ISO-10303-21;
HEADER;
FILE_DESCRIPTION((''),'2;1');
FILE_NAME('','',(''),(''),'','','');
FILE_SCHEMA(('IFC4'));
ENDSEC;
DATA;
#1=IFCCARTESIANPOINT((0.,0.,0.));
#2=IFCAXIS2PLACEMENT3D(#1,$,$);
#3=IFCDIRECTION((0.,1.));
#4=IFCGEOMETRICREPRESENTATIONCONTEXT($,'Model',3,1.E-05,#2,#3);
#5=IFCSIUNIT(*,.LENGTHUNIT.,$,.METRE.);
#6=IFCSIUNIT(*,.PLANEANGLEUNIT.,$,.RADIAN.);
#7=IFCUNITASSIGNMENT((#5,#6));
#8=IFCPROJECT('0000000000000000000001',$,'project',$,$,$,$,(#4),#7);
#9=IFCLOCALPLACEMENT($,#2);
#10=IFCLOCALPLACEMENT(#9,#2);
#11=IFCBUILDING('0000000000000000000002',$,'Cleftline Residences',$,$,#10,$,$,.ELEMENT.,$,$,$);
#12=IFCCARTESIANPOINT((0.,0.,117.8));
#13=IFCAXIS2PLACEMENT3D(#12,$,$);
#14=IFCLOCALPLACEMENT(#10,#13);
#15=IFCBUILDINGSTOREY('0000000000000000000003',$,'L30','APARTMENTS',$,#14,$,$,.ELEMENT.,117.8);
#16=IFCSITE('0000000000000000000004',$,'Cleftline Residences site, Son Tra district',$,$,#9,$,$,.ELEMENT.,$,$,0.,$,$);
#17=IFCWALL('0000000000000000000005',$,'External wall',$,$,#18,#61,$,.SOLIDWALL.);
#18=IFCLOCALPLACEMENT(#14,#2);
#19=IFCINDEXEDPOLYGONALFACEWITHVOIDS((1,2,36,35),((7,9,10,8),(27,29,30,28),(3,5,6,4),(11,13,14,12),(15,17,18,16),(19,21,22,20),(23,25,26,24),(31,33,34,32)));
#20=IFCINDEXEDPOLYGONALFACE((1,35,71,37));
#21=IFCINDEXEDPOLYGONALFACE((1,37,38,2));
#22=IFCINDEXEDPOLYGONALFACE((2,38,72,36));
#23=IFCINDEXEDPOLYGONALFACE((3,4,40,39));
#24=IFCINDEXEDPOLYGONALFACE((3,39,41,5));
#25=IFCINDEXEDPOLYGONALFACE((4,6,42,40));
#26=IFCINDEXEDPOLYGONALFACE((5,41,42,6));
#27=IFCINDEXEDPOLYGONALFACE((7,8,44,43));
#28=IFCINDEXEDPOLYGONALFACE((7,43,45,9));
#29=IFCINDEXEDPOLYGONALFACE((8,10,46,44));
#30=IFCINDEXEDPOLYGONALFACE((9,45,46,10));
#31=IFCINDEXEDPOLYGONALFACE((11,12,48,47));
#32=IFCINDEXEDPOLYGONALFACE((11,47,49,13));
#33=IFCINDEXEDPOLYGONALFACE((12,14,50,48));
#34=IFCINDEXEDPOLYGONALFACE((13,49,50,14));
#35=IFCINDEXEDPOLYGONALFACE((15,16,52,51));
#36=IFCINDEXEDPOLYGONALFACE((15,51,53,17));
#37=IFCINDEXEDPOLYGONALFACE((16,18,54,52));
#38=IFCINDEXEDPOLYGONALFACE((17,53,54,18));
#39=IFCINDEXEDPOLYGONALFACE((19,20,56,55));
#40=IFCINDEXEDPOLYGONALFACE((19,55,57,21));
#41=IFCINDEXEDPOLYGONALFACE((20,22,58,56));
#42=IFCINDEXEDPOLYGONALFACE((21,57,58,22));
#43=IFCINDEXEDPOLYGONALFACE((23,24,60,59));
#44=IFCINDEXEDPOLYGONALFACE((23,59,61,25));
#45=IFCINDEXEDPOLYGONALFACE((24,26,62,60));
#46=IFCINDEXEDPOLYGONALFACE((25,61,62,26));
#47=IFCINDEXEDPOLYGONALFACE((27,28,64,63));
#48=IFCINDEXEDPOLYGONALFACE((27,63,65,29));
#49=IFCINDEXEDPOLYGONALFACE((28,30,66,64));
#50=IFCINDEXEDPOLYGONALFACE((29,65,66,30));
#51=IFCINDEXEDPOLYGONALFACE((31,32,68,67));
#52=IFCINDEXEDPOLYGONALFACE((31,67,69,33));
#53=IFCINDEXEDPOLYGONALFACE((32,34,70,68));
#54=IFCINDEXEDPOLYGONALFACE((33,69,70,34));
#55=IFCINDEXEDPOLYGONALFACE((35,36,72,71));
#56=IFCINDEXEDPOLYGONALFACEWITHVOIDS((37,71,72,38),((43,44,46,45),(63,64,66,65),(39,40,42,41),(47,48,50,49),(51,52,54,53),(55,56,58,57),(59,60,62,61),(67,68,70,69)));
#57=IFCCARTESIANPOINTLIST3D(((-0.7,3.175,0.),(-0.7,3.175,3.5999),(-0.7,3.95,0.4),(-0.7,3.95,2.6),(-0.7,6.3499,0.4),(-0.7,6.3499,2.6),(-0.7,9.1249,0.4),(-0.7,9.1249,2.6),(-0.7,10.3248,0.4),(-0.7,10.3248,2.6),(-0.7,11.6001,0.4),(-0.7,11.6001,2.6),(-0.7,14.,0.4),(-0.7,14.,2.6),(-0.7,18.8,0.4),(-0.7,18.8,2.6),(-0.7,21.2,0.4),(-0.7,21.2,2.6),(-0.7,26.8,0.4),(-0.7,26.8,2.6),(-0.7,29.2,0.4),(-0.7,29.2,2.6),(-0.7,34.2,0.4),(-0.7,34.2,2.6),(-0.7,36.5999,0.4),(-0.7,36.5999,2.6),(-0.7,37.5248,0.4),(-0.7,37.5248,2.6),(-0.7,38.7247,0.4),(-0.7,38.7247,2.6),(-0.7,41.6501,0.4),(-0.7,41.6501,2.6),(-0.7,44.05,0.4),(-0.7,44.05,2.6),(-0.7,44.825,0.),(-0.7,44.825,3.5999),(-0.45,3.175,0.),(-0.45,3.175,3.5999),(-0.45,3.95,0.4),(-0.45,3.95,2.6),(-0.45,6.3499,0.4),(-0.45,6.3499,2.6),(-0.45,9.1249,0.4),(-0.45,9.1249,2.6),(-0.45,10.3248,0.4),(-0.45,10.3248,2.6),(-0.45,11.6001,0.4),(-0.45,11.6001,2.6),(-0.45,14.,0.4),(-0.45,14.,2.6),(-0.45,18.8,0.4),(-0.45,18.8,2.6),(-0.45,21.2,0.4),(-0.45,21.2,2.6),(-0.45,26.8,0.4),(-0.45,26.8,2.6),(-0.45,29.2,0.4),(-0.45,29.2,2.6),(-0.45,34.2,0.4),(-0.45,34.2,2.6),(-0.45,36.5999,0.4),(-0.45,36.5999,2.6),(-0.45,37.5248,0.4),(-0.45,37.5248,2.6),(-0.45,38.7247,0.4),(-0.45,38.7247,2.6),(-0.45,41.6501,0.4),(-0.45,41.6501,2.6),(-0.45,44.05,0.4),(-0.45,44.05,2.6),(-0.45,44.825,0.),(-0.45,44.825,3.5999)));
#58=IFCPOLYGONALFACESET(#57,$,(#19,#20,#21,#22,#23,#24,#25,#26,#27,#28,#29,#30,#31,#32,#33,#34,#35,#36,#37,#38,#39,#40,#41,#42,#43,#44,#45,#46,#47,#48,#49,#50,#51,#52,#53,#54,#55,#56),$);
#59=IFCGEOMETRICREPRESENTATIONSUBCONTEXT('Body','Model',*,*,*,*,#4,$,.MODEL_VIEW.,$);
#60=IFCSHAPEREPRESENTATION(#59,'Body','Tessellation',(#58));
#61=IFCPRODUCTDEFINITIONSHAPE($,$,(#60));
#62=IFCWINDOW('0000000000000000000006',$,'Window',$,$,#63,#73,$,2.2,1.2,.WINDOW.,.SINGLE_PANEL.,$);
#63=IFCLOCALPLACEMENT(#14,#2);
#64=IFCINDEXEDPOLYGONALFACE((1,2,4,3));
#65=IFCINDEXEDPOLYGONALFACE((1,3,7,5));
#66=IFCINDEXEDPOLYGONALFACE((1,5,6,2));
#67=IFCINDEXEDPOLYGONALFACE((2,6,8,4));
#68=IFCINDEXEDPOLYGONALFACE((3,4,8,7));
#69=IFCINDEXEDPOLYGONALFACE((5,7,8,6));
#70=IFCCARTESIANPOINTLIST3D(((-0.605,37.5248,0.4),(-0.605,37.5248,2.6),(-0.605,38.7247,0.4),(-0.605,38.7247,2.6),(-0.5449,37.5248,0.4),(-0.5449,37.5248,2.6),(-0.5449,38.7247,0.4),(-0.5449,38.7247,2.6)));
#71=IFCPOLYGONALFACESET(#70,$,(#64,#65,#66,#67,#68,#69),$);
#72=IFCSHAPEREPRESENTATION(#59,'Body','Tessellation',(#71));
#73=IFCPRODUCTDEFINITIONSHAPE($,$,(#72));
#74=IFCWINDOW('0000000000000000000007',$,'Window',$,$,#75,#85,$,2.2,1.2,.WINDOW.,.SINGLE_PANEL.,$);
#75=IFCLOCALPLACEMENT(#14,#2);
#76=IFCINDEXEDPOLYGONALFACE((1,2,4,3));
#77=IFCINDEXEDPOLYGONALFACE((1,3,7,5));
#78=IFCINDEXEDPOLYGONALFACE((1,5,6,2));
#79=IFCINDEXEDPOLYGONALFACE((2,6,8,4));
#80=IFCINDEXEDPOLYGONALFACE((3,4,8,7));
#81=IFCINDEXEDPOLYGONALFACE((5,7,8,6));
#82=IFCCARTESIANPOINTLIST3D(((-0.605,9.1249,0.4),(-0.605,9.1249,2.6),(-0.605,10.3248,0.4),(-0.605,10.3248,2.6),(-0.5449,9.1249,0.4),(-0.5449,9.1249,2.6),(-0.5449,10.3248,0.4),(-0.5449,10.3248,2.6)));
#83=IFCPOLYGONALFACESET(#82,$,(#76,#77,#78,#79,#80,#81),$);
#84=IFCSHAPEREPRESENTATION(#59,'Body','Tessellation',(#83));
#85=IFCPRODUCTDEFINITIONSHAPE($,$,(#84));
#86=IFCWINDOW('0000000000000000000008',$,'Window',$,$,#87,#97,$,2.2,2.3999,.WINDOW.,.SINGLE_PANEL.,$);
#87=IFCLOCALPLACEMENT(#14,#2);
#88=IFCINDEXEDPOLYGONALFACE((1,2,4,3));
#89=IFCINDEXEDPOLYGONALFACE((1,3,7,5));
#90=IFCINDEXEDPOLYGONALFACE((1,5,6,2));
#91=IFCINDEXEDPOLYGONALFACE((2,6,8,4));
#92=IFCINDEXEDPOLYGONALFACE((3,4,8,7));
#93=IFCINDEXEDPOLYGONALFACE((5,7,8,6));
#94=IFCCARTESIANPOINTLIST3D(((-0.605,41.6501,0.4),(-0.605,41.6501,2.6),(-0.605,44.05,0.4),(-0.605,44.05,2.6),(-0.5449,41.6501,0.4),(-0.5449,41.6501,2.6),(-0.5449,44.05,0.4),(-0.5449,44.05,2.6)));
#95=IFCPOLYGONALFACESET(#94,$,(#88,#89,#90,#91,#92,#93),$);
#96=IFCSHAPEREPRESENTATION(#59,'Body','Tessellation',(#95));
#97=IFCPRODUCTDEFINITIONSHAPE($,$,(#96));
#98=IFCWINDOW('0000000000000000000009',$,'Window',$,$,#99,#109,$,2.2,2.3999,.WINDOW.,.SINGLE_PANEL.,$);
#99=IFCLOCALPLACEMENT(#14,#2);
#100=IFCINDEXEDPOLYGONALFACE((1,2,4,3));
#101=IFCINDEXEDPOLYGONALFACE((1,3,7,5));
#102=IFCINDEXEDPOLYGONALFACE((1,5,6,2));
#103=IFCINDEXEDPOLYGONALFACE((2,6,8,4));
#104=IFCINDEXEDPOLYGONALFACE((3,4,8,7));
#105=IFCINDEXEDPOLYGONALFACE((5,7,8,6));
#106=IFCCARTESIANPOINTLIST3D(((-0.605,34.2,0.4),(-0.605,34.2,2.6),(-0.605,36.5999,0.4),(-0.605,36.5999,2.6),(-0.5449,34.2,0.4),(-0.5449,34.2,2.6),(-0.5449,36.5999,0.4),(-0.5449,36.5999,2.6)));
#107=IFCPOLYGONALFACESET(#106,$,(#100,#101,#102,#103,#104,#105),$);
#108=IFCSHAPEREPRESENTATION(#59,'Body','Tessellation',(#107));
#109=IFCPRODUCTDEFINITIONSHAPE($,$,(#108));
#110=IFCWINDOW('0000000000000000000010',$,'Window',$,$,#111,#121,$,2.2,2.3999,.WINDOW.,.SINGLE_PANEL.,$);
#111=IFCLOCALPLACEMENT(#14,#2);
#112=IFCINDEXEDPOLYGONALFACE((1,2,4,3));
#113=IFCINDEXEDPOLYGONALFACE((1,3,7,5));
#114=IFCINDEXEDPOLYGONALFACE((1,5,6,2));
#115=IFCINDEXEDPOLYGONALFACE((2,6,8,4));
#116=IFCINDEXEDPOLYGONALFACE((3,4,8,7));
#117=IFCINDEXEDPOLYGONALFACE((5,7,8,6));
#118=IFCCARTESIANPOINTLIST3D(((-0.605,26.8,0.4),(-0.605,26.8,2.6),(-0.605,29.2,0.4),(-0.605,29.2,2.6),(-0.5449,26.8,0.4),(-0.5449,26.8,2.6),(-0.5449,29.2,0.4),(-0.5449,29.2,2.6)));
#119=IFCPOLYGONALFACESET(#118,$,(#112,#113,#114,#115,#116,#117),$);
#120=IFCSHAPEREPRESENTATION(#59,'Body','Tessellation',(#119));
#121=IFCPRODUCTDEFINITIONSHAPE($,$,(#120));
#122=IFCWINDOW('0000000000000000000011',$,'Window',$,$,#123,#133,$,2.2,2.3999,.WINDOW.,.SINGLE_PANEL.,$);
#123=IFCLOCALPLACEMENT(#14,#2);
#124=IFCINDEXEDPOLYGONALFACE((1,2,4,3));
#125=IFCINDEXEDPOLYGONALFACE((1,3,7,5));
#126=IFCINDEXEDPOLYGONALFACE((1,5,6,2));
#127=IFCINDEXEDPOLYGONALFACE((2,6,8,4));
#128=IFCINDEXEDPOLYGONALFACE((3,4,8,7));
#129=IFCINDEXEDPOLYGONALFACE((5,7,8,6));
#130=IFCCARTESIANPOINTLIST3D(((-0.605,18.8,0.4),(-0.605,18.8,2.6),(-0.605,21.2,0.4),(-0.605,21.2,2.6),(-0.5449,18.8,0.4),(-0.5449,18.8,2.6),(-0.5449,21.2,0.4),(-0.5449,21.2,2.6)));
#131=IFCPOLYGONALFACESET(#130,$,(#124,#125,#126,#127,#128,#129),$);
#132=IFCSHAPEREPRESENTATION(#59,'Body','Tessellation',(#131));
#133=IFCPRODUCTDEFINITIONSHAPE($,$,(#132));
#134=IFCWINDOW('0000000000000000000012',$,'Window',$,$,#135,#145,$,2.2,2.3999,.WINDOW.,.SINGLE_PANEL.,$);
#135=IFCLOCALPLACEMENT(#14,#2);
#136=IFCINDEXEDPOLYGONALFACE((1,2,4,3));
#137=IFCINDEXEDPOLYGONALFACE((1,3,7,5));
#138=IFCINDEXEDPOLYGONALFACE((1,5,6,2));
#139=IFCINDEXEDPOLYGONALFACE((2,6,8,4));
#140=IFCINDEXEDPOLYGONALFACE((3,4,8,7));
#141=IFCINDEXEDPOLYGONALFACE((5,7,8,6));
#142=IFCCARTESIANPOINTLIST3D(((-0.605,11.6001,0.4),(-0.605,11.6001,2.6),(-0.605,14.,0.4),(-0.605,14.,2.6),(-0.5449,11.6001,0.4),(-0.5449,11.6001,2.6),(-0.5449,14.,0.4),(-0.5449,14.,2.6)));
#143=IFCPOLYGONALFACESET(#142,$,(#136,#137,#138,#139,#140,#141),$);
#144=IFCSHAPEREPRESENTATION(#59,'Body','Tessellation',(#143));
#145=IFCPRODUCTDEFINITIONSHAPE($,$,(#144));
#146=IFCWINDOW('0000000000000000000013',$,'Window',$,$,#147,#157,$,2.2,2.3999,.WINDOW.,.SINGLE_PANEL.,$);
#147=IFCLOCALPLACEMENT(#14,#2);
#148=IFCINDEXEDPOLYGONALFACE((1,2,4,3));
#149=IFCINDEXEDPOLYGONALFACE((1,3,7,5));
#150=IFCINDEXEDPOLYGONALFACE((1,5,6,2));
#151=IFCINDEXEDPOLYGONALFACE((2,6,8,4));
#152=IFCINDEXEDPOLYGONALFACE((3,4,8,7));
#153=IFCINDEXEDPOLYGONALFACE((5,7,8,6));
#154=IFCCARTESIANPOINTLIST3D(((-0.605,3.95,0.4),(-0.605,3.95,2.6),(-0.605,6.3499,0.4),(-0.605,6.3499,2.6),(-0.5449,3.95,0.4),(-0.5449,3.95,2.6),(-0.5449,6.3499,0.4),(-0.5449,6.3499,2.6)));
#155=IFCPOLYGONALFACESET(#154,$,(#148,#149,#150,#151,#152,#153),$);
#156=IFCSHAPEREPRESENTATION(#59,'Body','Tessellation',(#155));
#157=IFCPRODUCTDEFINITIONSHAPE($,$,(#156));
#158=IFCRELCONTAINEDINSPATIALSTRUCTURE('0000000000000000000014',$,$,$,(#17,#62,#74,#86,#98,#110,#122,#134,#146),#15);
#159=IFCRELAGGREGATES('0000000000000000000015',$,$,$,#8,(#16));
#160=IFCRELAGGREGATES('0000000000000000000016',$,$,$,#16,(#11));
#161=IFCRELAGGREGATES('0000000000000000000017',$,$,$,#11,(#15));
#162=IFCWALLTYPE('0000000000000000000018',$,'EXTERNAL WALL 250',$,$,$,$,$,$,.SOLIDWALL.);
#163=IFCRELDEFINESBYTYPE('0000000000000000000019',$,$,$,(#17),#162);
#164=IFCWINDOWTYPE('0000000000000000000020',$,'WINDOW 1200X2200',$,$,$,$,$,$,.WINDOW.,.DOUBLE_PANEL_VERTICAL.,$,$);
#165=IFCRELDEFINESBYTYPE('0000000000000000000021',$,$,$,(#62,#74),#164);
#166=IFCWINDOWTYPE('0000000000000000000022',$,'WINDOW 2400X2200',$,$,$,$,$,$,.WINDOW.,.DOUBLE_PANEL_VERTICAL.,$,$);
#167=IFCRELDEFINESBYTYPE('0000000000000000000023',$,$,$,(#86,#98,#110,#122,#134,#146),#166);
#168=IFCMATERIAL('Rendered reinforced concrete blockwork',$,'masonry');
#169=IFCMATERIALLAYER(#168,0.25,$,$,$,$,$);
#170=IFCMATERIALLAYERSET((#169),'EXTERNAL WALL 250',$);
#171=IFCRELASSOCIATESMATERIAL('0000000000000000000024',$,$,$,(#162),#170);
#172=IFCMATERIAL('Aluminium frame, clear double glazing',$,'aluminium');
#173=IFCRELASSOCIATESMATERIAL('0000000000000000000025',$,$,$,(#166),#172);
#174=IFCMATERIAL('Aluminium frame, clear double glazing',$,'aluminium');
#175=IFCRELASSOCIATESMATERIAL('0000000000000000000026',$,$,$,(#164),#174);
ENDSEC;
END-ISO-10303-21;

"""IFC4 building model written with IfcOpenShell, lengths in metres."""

from ifc_helpers import new_model, si_unit, direction, frame, frame_2d, origin, place, context, subcontext, project, spatial, rectangle, extrude, material, layer, layer_set, type_object, element, fill, save


model = new_model("IFC4")

# Units and contexts
model_context = context("Model", 3, precision=1e-05, world=origin(), true_north=direction((0.0, 1.0)))
body_context = subcontext(model_context, "Body", "Model", "MODEL_VIEW")
ifc_project = project(units=[si_unit("LENGTHUNIT", "METRE"), si_unit("PLANEANGLEUNIT", "RADIAN")], contexts=[model_context])

# Site, building, storey
site_placement = place(None, origin())
site = spatial("IfcSite", under=ifc_project, at=site_placement, Name="Cleftline Residences site, Son Tra district", CompositionType="ELEMENT", RefElevation=0.0)
building_placement = place(site_placement, origin())
building = spatial("IfcBuilding", under=site, at=building_placement, Name="Cleftline Residences", CompositionType="ELEMENT")
storey_placement = place(building_placement, frame((0.0, 0.0, 117.8)))
storey = spatial("IfcBuildingStorey", under=building, at=storey_placement, Name="L30", Description="APARTMENTS", CompositionType="ELEMENT", Elevation=117.8)

# Shared definitions
ifc_material_1 = material(Name="Rendered reinforced concrete blockwork", Category="masonry")
ifc_layer_1 = layer(ifc_material_1, 0.25)
ifc_layer_set_1 = layer_set([ifc_layer_1], Name="EXTERNAL WALL 250")
wall_type_1 = type_object("IfcWallType", Name="EXTERNAL WALL 250", PredefinedType="SOLIDWALL", material=ifc_layer_set_1)
ifc_material_2 = material(Name="Aluminium frame, clear double glazing", Category="aluminium")
window_type_1 = type_object("IfcWindowType", Name="WINDOW 2400X2200", PartitioningType="DOUBLE_PANEL_VERTICAL", PredefinedType="WINDOW", material=ifc_material_2)

# Wall, openings, windows
wall_1_placement = place(storey_placement, frame((-0.575, 44.825, 0.0), z_axis=(0.0, 0.0, 1.0), x_axis=(0.0, -1.0, 0.0)))
wall_1 = element("IfcWall", 1, at=wall_1_placement, inside=storey, type_object=wall_type_1, Name="External wall", PredefinedType="SOLIDWALL", context=body_context, shape_type="SweptSolid", body=[
    extrude(rectangle(XDim=41.6499, YDim=0.25, at=frame_2d((20.825, 0.0))), origin(), (0.0, 0.0, 1.0), 3.5999),
])
opening_1_placement = place(wall_1_placement, frame((0.7749, 0.0, 0.3999)))
opening_1 = element("IfcOpeningElement", 2, at=opening_1_placement, cuts=wall_1, PredefinedType="OPENING", context=body_context, shape_type="SweptSolid", body=[
    extrude(rectangle(XDim=2.3999, YDim=2.2, at=frame_2d((1.2, 1.1001))), frame((0.0, 0.135, 0.0), z_axis=(0.0, -1.0, 0.0), x_axis=(1.0, 0.0, 0.0)), (0.0, 0.0, 1.0), 0.27),
])
opening_2_placement = place(wall_1_placement, frame((6.1001, 0.0, 0.3999)))
opening_2 = element("IfcOpeningElement", 3, at=opening_2_placement, cuts=wall_1, PredefinedType="OPENING", context=body_context, shape_type="SweptSolid", body=[
    extrude(rectangle(XDim=1.2, YDim=2.2, at=frame_2d((0.6001, 1.1001))), frame((0.0, 0.135, 0.0), z_axis=(0.0, -1.0, 0.0), x_axis=(1.0, 0.0, 0.0)), (0.0, 0.0, 1.0), 0.27),
])
opening_3_placement = place(wall_1_placement, frame((8.2251, 0.0, 0.3999)))
opening_3 = element("IfcOpeningElement", 4, at=opening_3_placement, cuts=wall_1, PredefinedType="OPENING", context=body_context, shape_type="SweptSolid", body=[
    extrude(rectangle(XDim=2.3999, YDim=2.2, at=frame_2d((1.2, 1.1001))), frame((0.0, 0.135, 0.0), z_axis=(0.0, -1.0, 0.0), x_axis=(1.0, 0.0, 0.0)), (0.0, 0.0, 1.0), 0.27),
])
opening_4_placement = place(wall_1_placement, frame((15.625, 0.0, 0.3999)))
opening_4 = element("IfcOpeningElement", 5, at=opening_4_placement, cuts=wall_1, PredefinedType="OPENING", context=body_context, shape_type="SweptSolid", body=[
    extrude(rectangle(XDim=2.3999, YDim=2.2, at=frame_2d((1.2, 1.1001))), frame((0.0, 0.135, 0.0), z_axis=(0.0, -1.0, 0.0), x_axis=(1.0, 0.0, 0.0)), (0.0, 0.0, 1.0), 0.27),
])
opening_5_placement = place(wall_1_placement, frame((23.625, 0.0, 0.3999)))
opening_5 = element("IfcOpeningElement", 6, at=opening_5_placement, cuts=wall_1, PredefinedType="OPENING", context=body_context, shape_type="SweptSolid", body=[
    extrude(rectangle(XDim=2.3999, YDim=2.2, at=frame_2d((1.2, 1.1001))), frame((0.0, 0.135, 0.0), z_axis=(0.0, -1.0, 0.0), x_axis=(1.0, 0.0, 0.0)), (0.0, 0.0, 1.0), 0.27),
])
opening_6_placement = place(wall_1_placement, frame((30.825, 0.0, 0.3999)))
opening_6 = element("IfcOpeningElement", 7, at=opening_6_placement, cuts=wall_1, PredefinedType="OPENING", context=body_context, shape_type="SweptSolid", body=[
    extrude(rectangle(XDim=2.3999, YDim=2.2, at=frame_2d((1.2, 1.1001))), frame((0.0, 0.135, 0.0), z_axis=(0.0, -1.0, 0.0), x_axis=(1.0, 0.0, 0.0)), (0.0, 0.0, 1.0), 0.27),
])
opening_7_placement = place(wall_1_placement, frame((34.5, 0.0, 0.3999)))
opening_7 = element("IfcOpeningElement", 8, at=opening_7_placement, cuts=wall_1, PredefinedType="OPENING", context=body_context, shape_type="SweptSolid", body=[
    extrude(rectangle(XDim=1.2, YDim=2.2, at=frame_2d((0.6001, 1.1001))), frame((0.0, 0.135, 0.0), z_axis=(0.0, -1.0, 0.0), x_axis=(1.0, 0.0, 0.0)), (0.0, 0.0, 1.0), 0.27),
])
opening_8_placement = place(wall_1_placement, frame((38.4751, 0.0, 0.3999)))
opening_8 = element("IfcOpeningElement", 9, at=opening_8_placement, cuts=wall_1, PredefinedType="OPENING", context=body_context, shape_type="SweptSolid", body=[
    extrude(rectangle(XDim=2.3999, YDim=2.2, at=frame_2d((1.2, 1.1001))), frame((0.0, 0.135, 0.0), z_axis=(0.0, -1.0, 0.0), x_axis=(1.0, 0.0, 0.0)), (0.0, 0.0, 1.0), 0.27),
])
ifc_material_3 = material(Name="Aluminium frame, clear double glazing", Category="aluminium")
window_type_2 = type_object("IfcWindowType", Name="WINDOW 1200X2200", PartitioningType="DOUBLE_PANEL_VERTICAL", PredefinedType="WINDOW", material=ifc_material_3)
window_1_placement = place(opening_2_placement, origin())
window_1 = element("IfcWindow", 10, at=window_1_placement, inside=storey, type_object=window_type_2, Name="Window", OverallHeight=2.2, OverallWidth=1.2, PartitioningType="SINGLE_PANEL", PredefinedType="WINDOW", context=body_context, shape_type="SweptSolid", body=[
    extrude(rectangle(XDim=1.2, YDim=2.2, at=frame_2d((0.6001, 1.1001))), frame((0.0, 0.03, 0.0), z_axis=(0.0, -1.0, 0.0), x_axis=(1.0, 0.0, 0.0)), (0.0, 0.0, 1.0), 0.0601),
])
fill(opening_2, window_1)
window_2_placement = place(opening_7_placement, origin())
window_2 = element("IfcWindow", 11, at=window_2_placement, inside=storey, type_object=window_type_2, Name="Window", OverallHeight=2.2, OverallWidth=1.2, PartitioningType="SINGLE_PANEL", PredefinedType="WINDOW", context=body_context, shape_type="SweptSolid", body=[
    extrude(rectangle(XDim=1.2, YDim=2.2, at=frame_2d((0.6001, 1.1001))), frame((0.0, 0.03, 0.0), z_axis=(0.0, -1.0, 0.0), x_axis=(1.0, 0.0, 0.0)), (0.0, 0.0, 1.0), 0.0601),
])
fill(opening_7, window_2)
window_3_placement = place(opening_1_placement, origin())
window_3 = element("IfcWindow", 12, at=window_3_placement, inside=storey, type_object=window_type_1, Name="Window", OverallHeight=2.2, OverallWidth=2.3999, PartitioningType="SINGLE_PANEL", PredefinedType="WINDOW", context=body_context, shape_type="SweptSolid", body=[
    extrude(rectangle(XDim=2.3999, YDim=2.2, at=frame_2d((1.2, 1.1001))), frame((0.0, 0.03, 0.0), z_axis=(0.0, -1.0, 0.0), x_axis=(1.0, 0.0, 0.0)), (0.0, 0.0, 1.0), 0.0601),
])
fill(opening_1, window_3)
window_4_placement = place(opening_3_placement, origin())
window_4 = element("IfcWindow", 13, at=window_4_placement, inside=storey, type_object=window_type_1, Name="Window", OverallHeight=2.2, OverallWidth=2.3999, PartitioningType="SINGLE_PANEL", PredefinedType="WINDOW", context=body_context, shape_type="SweptSolid", body=[
    extrude(rectangle(XDim=2.3999, YDim=2.2, at=frame_2d((1.2, 1.1001))), frame((0.0, 0.03, 0.0), z_axis=(0.0, -1.0, 0.0), x_axis=(1.0, 0.0, 0.0)), (0.0, 0.0, 1.0), 0.0601),
])
fill(opening_3, window_4)
window_5_placement = place(opening_4_placement, origin())
window_5 = element("IfcWindow", 14, at=window_5_placement, inside=storey, type_object=window_type_1, Name="Window", OverallHeight=2.2, OverallWidth=2.3999, PartitioningType="SINGLE_PANEL", PredefinedType="WINDOW", context=body_context, shape_type="SweptSolid", body=[
    extrude(rectangle(XDim=2.3999, YDim=2.2, at=frame_2d((1.2, 1.1001))), frame((0.0, 0.03, 0.0), z_axis=(0.0, -1.0, 0.0), x_axis=(1.0, 0.0, 0.0)), (0.0, 0.0, 1.0), 0.0601),
])
fill(opening_4, window_5)
window_6_placement = place(opening_5_placement, origin())
window_6 = element("IfcWindow", 15, at=window_6_placement, inside=storey, type_object=window_type_1, Name="Window", OverallHeight=2.2, OverallWidth=2.3999, PartitioningType="SINGLE_PANEL", PredefinedType="WINDOW", context=body_context, shape_type="SweptSolid", body=[
    extrude(rectangle(XDim=2.3999, YDim=2.2, at=frame_2d((1.2, 1.1001))), frame((0.0, 0.03, 0.0), z_axis=(0.0, -1.0, 0.0), x_axis=(1.0, 0.0, 0.0)), (0.0, 0.0, 1.0), 0.0601),
])
fill(opening_5, window_6)
window_7_placement = place(opening_6_placement, origin())
window_7 = element("IfcWindow", 16, at=window_7_placement, inside=storey, type_object=window_type_1, Name="Window", OverallHeight=2.2, OverallWidth=2.3999, PartitioningType="SINGLE_PANEL", PredefinedType="WINDOW", context=body_context, shape_type="SweptSolid", body=[
    extrude(rectangle(XDim=2.3999, YDim=2.2, at=frame_2d((1.2, 1.1001))), frame((0.0, 0.03, 0.0), z_axis=(0.0, -1.0, 0.0), x_axis=(1.0, 0.0, 0.0)), (0.0, 0.0, 1.0), 0.0601),
])
fill(opening_6, window_7)
window_8_placement = place(opening_8_placement, origin())
window_8 = element("IfcWindow", 17, at=window_8_placement, inside=storey, type_object=window_type_1, Name="Window", OverallHeight=2.2, OverallWidth=2.3999, PartitioningType="SINGLE_PANEL", PredefinedType="WINDOW", context=body_context, shape_type="SweptSolid", body=[
    extrude(rectangle(XDim=2.3999, YDim=2.2, at=frame_2d((1.2, 1.1001))), frame((0.0, 0.03, 0.0), z_axis=(0.0, -1.0, 0.0), x_axis=(1.0, 0.0, 0.0)), (0.0, 0.0, 1.0), 0.0601),
])
fill(opening_8, window_8)

save(model, "model.ifc")
